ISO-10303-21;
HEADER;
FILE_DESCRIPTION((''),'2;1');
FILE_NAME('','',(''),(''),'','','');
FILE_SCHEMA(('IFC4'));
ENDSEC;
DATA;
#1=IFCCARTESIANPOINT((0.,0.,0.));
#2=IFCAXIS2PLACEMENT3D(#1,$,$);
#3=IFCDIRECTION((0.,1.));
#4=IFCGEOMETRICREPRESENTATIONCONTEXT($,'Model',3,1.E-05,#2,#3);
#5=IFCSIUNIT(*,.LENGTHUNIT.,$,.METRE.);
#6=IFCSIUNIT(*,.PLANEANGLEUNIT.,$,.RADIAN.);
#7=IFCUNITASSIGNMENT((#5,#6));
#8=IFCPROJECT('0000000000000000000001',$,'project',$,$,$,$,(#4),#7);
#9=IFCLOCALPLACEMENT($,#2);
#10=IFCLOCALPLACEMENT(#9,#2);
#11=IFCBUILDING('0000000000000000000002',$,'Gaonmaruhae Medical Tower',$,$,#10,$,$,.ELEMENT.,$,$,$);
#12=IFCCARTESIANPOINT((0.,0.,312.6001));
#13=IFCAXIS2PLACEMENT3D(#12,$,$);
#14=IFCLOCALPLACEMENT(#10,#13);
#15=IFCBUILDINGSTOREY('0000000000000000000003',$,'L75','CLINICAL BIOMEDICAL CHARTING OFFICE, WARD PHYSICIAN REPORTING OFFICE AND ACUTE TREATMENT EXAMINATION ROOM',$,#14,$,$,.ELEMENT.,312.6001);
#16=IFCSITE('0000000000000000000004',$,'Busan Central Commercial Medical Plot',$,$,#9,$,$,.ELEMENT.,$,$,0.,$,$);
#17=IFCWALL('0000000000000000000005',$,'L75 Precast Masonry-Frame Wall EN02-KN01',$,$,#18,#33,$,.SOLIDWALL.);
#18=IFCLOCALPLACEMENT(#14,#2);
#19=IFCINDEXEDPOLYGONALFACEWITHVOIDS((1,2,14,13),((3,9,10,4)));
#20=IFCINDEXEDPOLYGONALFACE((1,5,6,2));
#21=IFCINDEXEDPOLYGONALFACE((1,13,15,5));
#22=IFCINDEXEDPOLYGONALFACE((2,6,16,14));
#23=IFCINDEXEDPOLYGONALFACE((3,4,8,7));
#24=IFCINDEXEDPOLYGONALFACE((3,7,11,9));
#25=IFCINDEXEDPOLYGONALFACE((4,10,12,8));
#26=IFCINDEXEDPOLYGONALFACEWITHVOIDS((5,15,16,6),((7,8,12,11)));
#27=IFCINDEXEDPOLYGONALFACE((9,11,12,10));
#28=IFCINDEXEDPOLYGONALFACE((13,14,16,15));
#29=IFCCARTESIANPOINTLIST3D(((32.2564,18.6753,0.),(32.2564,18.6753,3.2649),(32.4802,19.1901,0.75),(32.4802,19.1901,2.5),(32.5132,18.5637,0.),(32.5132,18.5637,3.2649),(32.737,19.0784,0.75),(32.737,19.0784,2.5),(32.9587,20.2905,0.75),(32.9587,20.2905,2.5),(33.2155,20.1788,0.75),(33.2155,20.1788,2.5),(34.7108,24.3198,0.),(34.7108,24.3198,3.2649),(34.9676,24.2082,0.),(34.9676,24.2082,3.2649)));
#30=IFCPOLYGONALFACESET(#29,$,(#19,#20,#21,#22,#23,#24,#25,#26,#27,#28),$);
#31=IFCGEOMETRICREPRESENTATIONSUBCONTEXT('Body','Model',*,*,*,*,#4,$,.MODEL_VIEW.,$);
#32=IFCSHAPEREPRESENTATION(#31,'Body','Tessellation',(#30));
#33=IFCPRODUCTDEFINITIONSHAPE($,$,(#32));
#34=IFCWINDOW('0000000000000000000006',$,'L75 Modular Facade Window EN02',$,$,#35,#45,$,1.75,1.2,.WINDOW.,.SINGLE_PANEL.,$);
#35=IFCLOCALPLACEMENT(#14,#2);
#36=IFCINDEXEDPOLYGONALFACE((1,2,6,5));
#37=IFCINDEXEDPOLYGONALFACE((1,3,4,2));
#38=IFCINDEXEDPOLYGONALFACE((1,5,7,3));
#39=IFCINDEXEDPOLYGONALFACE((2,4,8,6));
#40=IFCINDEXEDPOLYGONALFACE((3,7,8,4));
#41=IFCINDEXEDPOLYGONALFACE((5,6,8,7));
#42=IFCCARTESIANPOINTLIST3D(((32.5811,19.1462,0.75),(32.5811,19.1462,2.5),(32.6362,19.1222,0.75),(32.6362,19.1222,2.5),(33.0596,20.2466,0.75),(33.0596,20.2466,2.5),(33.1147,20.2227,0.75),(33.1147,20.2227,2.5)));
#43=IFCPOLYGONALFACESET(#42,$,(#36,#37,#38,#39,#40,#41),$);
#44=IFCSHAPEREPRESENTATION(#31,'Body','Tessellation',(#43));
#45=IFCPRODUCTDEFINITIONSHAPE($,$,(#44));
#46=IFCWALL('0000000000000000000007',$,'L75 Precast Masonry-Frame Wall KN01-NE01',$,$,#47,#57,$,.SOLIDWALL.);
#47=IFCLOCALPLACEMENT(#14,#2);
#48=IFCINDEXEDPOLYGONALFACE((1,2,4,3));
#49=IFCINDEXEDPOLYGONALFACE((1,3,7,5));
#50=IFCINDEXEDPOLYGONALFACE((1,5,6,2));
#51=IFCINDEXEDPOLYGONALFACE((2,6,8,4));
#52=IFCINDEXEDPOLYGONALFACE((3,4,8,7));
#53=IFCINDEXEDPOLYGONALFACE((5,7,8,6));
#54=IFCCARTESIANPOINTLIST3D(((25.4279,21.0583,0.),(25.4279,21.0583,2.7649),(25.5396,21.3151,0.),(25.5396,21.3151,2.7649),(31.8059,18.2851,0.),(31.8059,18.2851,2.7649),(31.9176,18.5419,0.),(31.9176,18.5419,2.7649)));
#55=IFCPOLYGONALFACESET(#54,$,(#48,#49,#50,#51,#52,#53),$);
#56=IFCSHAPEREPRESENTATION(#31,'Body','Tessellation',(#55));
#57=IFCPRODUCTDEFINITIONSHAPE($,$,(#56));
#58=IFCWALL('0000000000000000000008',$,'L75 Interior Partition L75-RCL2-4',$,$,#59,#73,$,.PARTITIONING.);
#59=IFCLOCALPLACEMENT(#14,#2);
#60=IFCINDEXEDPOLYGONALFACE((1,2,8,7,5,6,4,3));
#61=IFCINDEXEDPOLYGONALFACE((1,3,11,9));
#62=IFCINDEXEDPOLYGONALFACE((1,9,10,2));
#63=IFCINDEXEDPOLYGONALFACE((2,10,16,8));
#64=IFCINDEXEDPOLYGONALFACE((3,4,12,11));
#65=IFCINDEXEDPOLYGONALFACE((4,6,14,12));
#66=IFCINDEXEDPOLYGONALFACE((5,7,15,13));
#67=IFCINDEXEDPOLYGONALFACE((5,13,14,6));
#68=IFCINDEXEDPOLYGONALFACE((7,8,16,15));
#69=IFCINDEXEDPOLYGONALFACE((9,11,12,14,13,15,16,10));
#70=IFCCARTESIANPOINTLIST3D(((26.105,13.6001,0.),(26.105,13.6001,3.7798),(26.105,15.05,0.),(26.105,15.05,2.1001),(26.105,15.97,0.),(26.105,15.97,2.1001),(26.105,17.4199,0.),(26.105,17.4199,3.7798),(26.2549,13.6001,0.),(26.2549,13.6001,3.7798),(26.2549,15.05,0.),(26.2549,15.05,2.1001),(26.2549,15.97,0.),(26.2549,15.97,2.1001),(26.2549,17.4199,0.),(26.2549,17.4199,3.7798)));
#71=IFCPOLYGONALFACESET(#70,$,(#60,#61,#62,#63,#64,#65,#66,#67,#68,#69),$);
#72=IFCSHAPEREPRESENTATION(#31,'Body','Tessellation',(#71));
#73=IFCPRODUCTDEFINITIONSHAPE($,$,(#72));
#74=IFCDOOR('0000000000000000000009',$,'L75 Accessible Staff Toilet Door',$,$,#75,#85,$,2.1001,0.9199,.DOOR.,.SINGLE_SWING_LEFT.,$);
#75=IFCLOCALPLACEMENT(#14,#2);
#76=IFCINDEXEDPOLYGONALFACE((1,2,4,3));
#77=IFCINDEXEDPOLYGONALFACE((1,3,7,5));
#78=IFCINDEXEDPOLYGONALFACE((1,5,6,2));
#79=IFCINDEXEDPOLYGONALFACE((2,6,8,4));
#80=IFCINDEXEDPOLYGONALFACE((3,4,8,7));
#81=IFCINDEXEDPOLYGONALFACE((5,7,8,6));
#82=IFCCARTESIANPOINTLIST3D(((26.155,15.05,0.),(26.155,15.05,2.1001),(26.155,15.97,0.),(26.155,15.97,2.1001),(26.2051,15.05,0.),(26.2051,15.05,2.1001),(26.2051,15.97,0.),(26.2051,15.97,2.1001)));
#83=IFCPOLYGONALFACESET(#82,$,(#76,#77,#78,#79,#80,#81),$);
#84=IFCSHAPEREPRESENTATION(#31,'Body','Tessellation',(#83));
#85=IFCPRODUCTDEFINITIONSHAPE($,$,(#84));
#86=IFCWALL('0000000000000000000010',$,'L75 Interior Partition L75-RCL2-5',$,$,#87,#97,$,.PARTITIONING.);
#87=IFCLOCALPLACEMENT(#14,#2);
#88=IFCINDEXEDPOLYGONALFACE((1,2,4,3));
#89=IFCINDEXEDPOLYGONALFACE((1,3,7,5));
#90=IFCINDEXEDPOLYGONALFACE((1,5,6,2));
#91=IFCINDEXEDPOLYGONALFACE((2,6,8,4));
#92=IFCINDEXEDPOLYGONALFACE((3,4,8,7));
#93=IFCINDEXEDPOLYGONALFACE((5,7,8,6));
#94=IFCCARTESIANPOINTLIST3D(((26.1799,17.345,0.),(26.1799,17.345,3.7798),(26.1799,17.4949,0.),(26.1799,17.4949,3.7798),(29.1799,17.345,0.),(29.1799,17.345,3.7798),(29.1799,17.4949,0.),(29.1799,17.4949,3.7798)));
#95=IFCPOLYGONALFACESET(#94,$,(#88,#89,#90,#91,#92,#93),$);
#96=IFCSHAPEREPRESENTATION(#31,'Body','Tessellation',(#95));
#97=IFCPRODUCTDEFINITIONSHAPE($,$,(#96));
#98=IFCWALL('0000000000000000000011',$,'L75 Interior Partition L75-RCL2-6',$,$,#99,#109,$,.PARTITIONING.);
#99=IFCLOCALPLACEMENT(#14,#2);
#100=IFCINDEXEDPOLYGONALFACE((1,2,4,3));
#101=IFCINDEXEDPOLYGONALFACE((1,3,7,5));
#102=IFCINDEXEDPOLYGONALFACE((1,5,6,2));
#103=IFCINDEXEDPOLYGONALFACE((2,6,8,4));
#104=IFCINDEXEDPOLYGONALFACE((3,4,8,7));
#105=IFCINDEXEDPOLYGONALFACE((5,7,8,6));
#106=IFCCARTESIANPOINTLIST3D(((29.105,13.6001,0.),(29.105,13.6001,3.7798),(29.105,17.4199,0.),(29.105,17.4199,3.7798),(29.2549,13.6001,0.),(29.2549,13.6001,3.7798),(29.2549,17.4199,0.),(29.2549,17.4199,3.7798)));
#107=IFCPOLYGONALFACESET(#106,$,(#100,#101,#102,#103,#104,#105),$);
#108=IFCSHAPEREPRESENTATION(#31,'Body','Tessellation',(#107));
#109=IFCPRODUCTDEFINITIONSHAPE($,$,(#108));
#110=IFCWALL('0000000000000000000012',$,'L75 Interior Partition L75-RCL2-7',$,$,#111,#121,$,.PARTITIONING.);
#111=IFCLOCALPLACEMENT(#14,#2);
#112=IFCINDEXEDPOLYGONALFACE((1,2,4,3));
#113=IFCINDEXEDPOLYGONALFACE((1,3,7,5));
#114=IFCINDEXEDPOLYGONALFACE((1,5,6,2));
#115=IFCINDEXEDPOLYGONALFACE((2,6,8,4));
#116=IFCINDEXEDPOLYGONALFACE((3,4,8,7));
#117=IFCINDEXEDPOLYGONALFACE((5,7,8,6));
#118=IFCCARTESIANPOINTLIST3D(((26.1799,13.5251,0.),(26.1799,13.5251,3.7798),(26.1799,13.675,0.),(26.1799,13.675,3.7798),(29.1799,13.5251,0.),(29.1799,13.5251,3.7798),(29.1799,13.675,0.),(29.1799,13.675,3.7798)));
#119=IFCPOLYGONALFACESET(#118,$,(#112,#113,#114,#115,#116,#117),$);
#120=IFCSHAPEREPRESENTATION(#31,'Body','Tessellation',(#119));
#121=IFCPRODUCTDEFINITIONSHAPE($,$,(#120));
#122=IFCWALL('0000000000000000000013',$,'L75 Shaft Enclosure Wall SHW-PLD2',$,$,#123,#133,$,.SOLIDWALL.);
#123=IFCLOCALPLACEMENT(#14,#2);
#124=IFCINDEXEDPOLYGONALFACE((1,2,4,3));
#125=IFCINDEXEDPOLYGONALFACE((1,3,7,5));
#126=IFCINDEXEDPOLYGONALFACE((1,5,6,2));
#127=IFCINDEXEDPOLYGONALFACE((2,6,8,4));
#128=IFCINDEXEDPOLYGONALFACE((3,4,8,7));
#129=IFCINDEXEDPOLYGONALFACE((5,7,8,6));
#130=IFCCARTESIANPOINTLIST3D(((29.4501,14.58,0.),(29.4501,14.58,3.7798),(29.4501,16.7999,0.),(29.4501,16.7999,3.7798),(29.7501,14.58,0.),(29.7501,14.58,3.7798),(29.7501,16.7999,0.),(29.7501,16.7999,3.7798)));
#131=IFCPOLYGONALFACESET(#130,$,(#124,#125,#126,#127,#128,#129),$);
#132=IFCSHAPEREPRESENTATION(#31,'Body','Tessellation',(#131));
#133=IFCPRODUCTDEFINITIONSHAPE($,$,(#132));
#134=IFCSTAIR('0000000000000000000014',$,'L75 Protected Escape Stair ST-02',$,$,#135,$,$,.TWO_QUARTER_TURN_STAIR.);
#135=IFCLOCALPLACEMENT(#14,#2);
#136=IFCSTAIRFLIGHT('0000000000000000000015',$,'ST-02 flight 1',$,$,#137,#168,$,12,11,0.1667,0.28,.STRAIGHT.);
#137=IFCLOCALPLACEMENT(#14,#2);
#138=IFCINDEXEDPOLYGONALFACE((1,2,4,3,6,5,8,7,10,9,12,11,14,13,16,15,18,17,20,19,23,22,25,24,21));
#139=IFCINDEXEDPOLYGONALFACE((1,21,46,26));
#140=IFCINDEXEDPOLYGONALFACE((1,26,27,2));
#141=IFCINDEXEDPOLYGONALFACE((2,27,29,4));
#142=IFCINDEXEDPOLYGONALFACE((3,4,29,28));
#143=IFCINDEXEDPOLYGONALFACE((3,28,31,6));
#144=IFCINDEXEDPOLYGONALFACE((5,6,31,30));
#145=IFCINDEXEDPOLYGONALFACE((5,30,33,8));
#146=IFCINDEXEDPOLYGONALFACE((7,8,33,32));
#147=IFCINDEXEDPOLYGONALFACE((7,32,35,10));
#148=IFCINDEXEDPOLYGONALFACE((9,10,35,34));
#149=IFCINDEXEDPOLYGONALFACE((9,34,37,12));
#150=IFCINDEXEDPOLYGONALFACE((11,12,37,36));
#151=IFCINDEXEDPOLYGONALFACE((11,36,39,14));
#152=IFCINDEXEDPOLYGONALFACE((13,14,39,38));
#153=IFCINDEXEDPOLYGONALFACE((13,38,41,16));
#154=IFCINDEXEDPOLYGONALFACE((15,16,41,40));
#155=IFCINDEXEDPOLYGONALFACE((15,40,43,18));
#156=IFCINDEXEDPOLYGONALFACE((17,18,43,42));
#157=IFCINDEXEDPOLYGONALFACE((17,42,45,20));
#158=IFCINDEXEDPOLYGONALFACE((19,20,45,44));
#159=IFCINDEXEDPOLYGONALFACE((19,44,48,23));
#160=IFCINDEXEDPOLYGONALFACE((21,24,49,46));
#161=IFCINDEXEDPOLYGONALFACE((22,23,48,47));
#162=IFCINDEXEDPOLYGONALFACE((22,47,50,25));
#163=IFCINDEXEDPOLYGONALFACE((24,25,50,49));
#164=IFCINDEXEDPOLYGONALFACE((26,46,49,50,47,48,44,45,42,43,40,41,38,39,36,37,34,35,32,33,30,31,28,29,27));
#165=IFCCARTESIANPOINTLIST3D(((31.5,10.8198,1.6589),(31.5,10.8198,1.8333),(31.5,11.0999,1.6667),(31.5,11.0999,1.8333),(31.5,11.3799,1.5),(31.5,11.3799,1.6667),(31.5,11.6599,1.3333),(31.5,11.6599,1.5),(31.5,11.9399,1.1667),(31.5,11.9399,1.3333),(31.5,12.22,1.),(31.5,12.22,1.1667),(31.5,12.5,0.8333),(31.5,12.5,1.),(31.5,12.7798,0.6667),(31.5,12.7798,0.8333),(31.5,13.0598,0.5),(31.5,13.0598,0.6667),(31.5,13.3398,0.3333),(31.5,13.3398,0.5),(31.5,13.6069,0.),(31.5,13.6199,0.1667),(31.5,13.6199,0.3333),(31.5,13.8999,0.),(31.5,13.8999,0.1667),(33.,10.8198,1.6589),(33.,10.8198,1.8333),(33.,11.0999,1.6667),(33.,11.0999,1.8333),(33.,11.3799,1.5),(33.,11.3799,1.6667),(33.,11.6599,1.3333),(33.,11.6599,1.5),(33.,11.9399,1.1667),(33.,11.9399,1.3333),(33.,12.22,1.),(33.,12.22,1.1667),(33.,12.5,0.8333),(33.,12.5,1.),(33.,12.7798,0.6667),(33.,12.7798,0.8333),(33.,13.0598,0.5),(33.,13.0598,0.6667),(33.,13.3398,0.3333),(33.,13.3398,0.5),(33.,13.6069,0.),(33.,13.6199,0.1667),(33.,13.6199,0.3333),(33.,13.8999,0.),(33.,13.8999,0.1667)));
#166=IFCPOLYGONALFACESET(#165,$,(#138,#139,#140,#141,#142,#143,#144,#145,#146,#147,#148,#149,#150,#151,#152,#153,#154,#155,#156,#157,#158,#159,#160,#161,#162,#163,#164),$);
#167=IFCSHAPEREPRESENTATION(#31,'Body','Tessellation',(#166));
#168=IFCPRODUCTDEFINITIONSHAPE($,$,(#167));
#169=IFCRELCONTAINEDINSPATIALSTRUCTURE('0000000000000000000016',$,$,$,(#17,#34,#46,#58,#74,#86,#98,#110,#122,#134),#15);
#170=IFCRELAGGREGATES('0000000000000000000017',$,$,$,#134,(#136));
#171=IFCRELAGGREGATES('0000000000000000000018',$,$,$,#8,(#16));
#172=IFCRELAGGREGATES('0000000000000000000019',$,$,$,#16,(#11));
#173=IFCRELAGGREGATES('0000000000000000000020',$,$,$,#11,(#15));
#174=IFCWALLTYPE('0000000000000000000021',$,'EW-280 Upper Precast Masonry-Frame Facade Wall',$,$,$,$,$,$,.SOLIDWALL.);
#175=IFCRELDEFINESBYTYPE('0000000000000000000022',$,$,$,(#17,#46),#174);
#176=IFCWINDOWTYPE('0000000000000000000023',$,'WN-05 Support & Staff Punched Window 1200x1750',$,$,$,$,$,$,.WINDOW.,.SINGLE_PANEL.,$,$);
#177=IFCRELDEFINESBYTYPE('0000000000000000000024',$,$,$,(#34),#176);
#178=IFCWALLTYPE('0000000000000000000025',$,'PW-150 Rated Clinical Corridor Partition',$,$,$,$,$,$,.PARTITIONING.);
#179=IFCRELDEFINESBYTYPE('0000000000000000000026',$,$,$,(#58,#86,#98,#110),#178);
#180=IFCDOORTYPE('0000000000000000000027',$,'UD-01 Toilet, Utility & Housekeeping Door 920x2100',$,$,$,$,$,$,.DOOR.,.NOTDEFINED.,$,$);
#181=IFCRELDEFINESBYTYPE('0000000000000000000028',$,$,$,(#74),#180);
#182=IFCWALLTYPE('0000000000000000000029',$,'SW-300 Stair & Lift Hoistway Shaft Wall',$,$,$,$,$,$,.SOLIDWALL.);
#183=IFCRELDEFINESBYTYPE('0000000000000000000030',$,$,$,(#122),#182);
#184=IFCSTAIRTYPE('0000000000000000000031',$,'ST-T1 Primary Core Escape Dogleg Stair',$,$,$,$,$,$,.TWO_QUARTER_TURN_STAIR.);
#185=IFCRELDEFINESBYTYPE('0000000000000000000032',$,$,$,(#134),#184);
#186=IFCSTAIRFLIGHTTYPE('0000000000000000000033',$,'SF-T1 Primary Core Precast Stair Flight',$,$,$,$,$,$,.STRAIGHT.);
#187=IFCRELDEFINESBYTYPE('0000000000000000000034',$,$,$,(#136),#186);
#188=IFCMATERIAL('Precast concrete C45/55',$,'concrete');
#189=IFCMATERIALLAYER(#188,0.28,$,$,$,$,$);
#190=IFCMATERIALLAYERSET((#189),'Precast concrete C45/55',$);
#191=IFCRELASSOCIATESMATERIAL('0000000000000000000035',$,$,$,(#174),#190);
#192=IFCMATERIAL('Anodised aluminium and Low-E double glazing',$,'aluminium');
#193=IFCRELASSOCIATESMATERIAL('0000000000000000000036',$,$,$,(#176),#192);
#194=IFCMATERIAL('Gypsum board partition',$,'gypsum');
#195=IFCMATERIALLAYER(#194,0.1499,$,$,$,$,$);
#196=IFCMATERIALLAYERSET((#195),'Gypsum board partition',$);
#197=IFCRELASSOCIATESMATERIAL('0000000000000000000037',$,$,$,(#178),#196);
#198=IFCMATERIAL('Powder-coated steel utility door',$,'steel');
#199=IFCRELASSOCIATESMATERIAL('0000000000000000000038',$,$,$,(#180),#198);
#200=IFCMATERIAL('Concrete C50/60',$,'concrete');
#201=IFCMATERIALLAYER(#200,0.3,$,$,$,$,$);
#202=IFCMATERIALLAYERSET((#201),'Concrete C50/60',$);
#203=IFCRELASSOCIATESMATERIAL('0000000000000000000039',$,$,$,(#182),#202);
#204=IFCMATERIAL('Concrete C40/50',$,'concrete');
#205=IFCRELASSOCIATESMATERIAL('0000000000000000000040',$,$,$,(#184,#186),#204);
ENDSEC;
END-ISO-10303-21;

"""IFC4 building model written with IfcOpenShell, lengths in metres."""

from ifc_helpers import new_model, si_unit, direction, frame, frame_2d, origin, place, context, subcontext, project, spatial, polyline, rectangle, outline, extrude, material, layer, layer_set, type_object, element, fill, aggregate, save


model = new_model("IFC4")

# Units and contexts
model_context = context("Model", 3, precision=1e-05, world=origin(), true_north=direction((0.0, 1.0)))
body_context = subcontext(model_context, "Body", "Model", "MODEL_VIEW")
ifc_project = project(units=[si_unit("LENGTHUNIT", "METRE"), si_unit("PLANEANGLEUNIT", "RADIAN")], contexts=[model_context])

# Site, building, storey
site_placement = place(None, origin())
site = spatial("IfcSite", under=ifc_project, at=site_placement, Name="Busan Central Commercial Medical Plot", CompositionType="ELEMENT", RefElevation=0.0)
building_placement = place(site_placement, origin())
building = spatial("IfcBuilding", under=site, at=building_placement, Name="Gaonmaruhae Medical Tower", CompositionType="ELEMENT")
storey_placement = place(building_placement, frame((0.0, 0.0, 312.6001)))
storey = spatial("IfcBuildingStorey", under=building, at=storey_placement, Name="L75", Description="CLINICAL BIOMEDICAL CHARTING OFFICE, WARD PHYSICIAN REPORTING OFFICE AND ACUTE TREATMENT EXAMINATION ROOM", CompositionType="ELEMENT", Elevation=312.6001)

# Shared definitions
ifc_material_1 = material(Name="Concrete C50/60", Category="concrete")

# Wall, opening, window
ifc_material_2 = material(Name="Precast concrete C45/55", Category="concrete")
ifc_layer_1 = layer(ifc_material_2, 0.28)
ifc_layer_set_1 = layer_set([ifc_layer_1], Name="Precast concrete C45/55")
wall_type_1 = type_object("IfcWallType", Name="EW-280 Upper Precast Masonry-Frame Facade Wall", PredefinedType="SOLIDWALL", material=ifc_layer_set_1)
wall_1_placement = place(storey_placement, frame((32.3848, 18.6194, 0.0), z_axis=(0.0, 0.0, 1.0), x_axis=(0.398754, 0.917058, 0.0)))
wall_1 = element("IfcWall", 1, at=wall_1_placement, inside=storey, type_object=wall_type_1, Name="L75 Precast Masonry-Frame Wall EN02-KN01", PredefinedType="SOLIDWALL", context=body_context, shape_type="SweptSolid", body=[
    extrude(rectangle(XDim=6.155, YDim=0.28, at=frame_2d((3.0776, 0.0))), origin(), (0.0, 0.0, 1.0), 3.2649),
])
opening_1_placement = place(wall_1_placement, frame((0.5613, 0.0, 0.75)))
opening_1 = element("IfcOpeningElement", 2, at=opening_1_placement, cuts=wall_1, PredefinedType="OPENING", context=body_context, shape_type="SweptSolid", body=[
    extrude(rectangle(XDim=1.2, YDim=1.75, at=frame_2d((0.6001, 0.875))), frame((0.0, 0.1499, 0.0), z_axis=(0.0, -1.0, 0.0), x_axis=(1.0, 0.0, 0.0)), (0.0, 0.0, 1.0), 0.3),
])
ifc_material_3 = material(Name="Anodised aluminium and Low-E double glazing", Category="aluminium")
window_type = type_object("IfcWindowType", Name="WN-05 Support & Staff Punched Window 1200x1750", PartitioningType="SINGLE_PANEL", PredefinedType="WINDOW", material=ifc_material_3)
window_placement = place(opening_1_placement, origin())
window = element("IfcWindow", 3, at=window_placement, inside=storey, type_object=window_type, Name="L75 Modular Facade Window EN02", OverallHeight=1.75, OverallWidth=1.2, PartitioningType="SINGLE_PANEL", PredefinedType="WINDOW", context=body_context, shape_type="SweptSolid", body=[
    extrude(rectangle(XDim=1.2, YDim=1.75, at=frame_2d((0.6001, 0.875))), frame((0.0, 0.03, 0.0), z_axis=(0.0, -1.0, 0.0), x_axis=(1.0, 0.0, 0.0)), (0.0, 0.0, 1.0), 0.0601),
])
fill(opening_1, window)

# Wall
wall_2_placement = place(storey_placement, frame((25.4836, 21.1868, 0.0), z_axis=(0.0, 0.0, 1.0), x_axis=(0.917061, -0.398748, 0.0)))
element("IfcWall", 4, at=wall_2_placement, inside=storey, type_object=wall_type_1, Name="L75 Precast Masonry-Frame Wall KN01-NE01", PredefinedType="SOLIDWALL", context=body_context, shape_type="SweptSolid", body=[
    extrude(rectangle(XDim=6.9548, YDim=0.28, at=frame_2d((3.4775, 0.0))), origin(), (0.0, 0.0, 1.0), 2.7649),
])

# Wall, opening, door
ifc_material_4 = material(Name="Gypsum board partition", Category="gypsum")
ifc_layer_2 = layer(ifc_material_4, 0.1499)
ifc_layer_set_2 = layer_set([ifc_layer_2], Name="Gypsum board partition")
wall_type_2 = type_object("IfcWallType", Name="PW-150 Rated Clinical Corridor Partition", PredefinedType="PARTITIONING", material=ifc_layer_set_2)
wall_3_placement = place(storey_placement, frame((26.1799, 13.6001, 0.0), z_axis=(0.0, 0.0, 1.0), x_axis=(0.0, 1.0, 0.0)))
wall_3 = element("IfcWall", 5, at=wall_3_placement, inside=storey, type_object=wall_type_2, Name="L75 Interior Partition L75-RCL2-4", PredefinedType="PARTITIONING", context=body_context, shape_type="SweptSolid", body=[
    extrude(rectangle(XDim=3.8198, YDim=0.1499, at=frame_2d((1.9099, 0.0))), origin(), (0.0, 0.0, 1.0), 3.7798),
])
opening_2_placement = place(wall_3_placement, frame((1.45, 0.0, 0.0)))
opening_2 = element("IfcOpeningElement", 6, at=opening_2_placement, cuts=wall_3, PredefinedType="OPENING", context=body_context, shape_type="SweptSolid", body=[
    extrude(rectangle(XDim=0.9199, YDim=2.1001, at=frame_2d((0.46, 1.05))), frame((0.0, 0.085, 0.0), z_axis=(0.0, -1.0, 0.0), x_axis=(1.0, 0.0, 0.0)), (0.0, 0.0, 1.0), 0.1699),
])
ifc_material_5 = material(Name="Powder-coated steel utility door", Category="steel")
door_type_1 = type_object("IfcDoorType", Name="UD-01 Toilet, Utility & Housekeeping Door 920x2100", OperationType="NOTDEFINED", PredefinedType="DOOR", material=ifc_material_5)
door_1_placement = place(opening_2_placement, origin())
door_1 = element("IfcDoor", 7, at=door_1_placement, inside=storey, type_object=door_type_1, Name="L75 Accessible Staff Toilet Door", OperationType="SINGLE_SWING_LEFT", OverallHeight=2.1001, OverallWidth=0.9199, PredefinedType="DOOR", context=body_context, shape_type="SweptSolid", body=[
    extrude(rectangle(XDim=0.9199, YDim=2.1001, at=frame_2d((0.46, 1.05))), frame((0.0, 0.0249, 0.0), z_axis=(0.0, -1.0, 0.0), x_axis=(1.0, 0.0, 0.0)), (0.0, 0.0, 1.0), 0.05),
])
fill(opening_2, door_1)

# Walls
wall_4_placement = place(storey_placement, frame((26.1799, 17.4199, 0.0), z_axis=(0.0, 0.0, 1.0), x_axis=(1.0, 0.0, 0.0)))
element("IfcWall", 8, at=wall_4_placement, inside=storey, type_object=wall_type_2, Name="L75 Interior Partition L75-RCL2-5", PredefinedType="PARTITIONING", context=body_context, shape_type="SweptSolid", body=[
    extrude(rectangle(XDim=3.0, YDim=0.1499, at=frame_2d((1.5, 0.0))), origin(), (0.0, 0.0, 1.0), 3.7798),
])
wall_5_placement = place(storey_placement, frame((29.1799, 17.4199, 0.0), z_axis=(0.0, 0.0, 1.0), x_axis=(0.0, -1.0, 0.0)))
element("IfcWall", 9, at=wall_5_placement, inside=storey, type_object=wall_type_2, Name="L75 Interior Partition L75-RCL2-6", PredefinedType="PARTITIONING", context=body_context, shape_type="SweptSolid", body=[
    extrude(rectangle(XDim=3.8198, YDim=0.1499, at=frame_2d((1.9099, 0.0))), origin(), (0.0, 0.0, 1.0), 3.7798),
])
wall_6_placement = place(storey_placement, frame((29.1799, 13.6001, 0.0), z_axis=(0.0, 0.0, 1.0), x_axis=(-1.0, 0.0, 0.0)))
element("IfcWall", 10, at=wall_6_placement, inside=storey, type_object=wall_type_2, Name="L75 Interior Partition L75-RCL2-7", PredefinedType="PARTITIONING", context=body_context, shape_type="SweptSolid", body=[
    extrude(rectangle(XDim=3.0, YDim=0.1499, at=frame_2d((1.5, 0.0))), origin(), (0.0, 0.0, 1.0), 3.7798),
])

# Shared definitions
ifc_layer_3 = layer(ifc_material_1, 0.3)
ifc_layer_set_3 = layer_set([ifc_layer_3], Name="Concrete C50/60")
wall_type_3 = type_object("IfcWallType", Name="SW-300 Stair & Lift Hoistway Shaft Wall", PredefinedType="SOLIDWALL", material=ifc_layer_set_3)

# Wall
wall_7_placement = place(storey_placement, frame((29.6001, 14.5801, 0.0), z_axis=(0.0, 0.0, 1.0), x_axis=(0.0, 1.0, 0.0)))
element("IfcWall", 11, at=wall_7_placement, inside=storey, type_object=wall_type_3, Name="L75 Shaft Enclosure Wall SHW-PLD2", PredefinedType="SOLIDWALL", context=body_context, shape_type="SweptSolid", body=[
    extrude(rectangle(XDim=2.22, YDim=0.3, at=frame_2d((1.1099, 0.0))), origin(), (0.0, 0.0, 1.0), 3.7798),
])

# Stair, stair flight
ifc_material_6 = material(Name="Concrete C40/50", Category="concrete")
stair_type = type_object("IfcStairType", Name="ST-T1 Primary Core Escape Dogleg Stair", PredefinedType="TWO_QUARTER_TURN_STAIR", material=ifc_material_6)
stair_placement = place(storey_placement, origin())
stair = element("IfcStair", 12, at=stair_placement, inside=storey, type_object=stair_type, Name="L75 Protected Escape Stair ST-02", PredefinedType="TWO_QUARTER_TURN_STAIR")
stair_flight_type = type_object("IfcStairFlightType", Name="SF-T1 Primary Core Precast Stair Flight", PredefinedType="STRAIGHT", material=ifc_material_6)
stair_flight_placement = place(storey_placement, frame((32.25, 13.8999, 0.0), z_axis=(0.0, 0.0, 1.0), x_axis=(0.0, -1.0, 0.0)))
stair_flight = element("IfcStairFlight", 13, at=stair_flight_placement, type_object=stair_flight_type, Name="ST-02 flight 1", NumberOfRisers=12, NumberOfTreads=11, PredefinedType="STRAIGHT", RiserHeight=0.1667, TreadLength=0.28, context=body_context, shape_type="SweptSolid", body=[
    extrude(outline(polyline([(0.0, 0.0), (0.0, 0.1667), (0.28, 0.1667), (0.28, 0.3333), (0.5601, 0.3333), (0.5601, 0.5), (0.8401, 0.5), (0.8401, 0.6667), (1.1201, 0.6667), (1.1201, 0.8333), (1.3999, 0.8333), (1.3999, 1.0), (1.6799, 1.0), (1.6799, 1.1667), (1.96, 1.1667), (1.96, 1.3333), (2.24, 1.3333), (2.24, 1.5), (2.52, 1.5), (2.52, 1.6667), (2.8, 1.6667), (2.8, 1.8333), (3.0801, 1.8333), (3.0801, 2.0), (3.0801, 1.6589), (0.293, 0.0), (0.0, 0.0)])), frame((0.0, 0.75, 0.0), z_axis=(0.0, -1.0, 0.0), x_axis=(1.0, 0.0, 0.0)), (0.0, 0.0, 1.0), 1.5),
])
aggregate(stair, [stair_flight])

save(model, "model.ifc")
